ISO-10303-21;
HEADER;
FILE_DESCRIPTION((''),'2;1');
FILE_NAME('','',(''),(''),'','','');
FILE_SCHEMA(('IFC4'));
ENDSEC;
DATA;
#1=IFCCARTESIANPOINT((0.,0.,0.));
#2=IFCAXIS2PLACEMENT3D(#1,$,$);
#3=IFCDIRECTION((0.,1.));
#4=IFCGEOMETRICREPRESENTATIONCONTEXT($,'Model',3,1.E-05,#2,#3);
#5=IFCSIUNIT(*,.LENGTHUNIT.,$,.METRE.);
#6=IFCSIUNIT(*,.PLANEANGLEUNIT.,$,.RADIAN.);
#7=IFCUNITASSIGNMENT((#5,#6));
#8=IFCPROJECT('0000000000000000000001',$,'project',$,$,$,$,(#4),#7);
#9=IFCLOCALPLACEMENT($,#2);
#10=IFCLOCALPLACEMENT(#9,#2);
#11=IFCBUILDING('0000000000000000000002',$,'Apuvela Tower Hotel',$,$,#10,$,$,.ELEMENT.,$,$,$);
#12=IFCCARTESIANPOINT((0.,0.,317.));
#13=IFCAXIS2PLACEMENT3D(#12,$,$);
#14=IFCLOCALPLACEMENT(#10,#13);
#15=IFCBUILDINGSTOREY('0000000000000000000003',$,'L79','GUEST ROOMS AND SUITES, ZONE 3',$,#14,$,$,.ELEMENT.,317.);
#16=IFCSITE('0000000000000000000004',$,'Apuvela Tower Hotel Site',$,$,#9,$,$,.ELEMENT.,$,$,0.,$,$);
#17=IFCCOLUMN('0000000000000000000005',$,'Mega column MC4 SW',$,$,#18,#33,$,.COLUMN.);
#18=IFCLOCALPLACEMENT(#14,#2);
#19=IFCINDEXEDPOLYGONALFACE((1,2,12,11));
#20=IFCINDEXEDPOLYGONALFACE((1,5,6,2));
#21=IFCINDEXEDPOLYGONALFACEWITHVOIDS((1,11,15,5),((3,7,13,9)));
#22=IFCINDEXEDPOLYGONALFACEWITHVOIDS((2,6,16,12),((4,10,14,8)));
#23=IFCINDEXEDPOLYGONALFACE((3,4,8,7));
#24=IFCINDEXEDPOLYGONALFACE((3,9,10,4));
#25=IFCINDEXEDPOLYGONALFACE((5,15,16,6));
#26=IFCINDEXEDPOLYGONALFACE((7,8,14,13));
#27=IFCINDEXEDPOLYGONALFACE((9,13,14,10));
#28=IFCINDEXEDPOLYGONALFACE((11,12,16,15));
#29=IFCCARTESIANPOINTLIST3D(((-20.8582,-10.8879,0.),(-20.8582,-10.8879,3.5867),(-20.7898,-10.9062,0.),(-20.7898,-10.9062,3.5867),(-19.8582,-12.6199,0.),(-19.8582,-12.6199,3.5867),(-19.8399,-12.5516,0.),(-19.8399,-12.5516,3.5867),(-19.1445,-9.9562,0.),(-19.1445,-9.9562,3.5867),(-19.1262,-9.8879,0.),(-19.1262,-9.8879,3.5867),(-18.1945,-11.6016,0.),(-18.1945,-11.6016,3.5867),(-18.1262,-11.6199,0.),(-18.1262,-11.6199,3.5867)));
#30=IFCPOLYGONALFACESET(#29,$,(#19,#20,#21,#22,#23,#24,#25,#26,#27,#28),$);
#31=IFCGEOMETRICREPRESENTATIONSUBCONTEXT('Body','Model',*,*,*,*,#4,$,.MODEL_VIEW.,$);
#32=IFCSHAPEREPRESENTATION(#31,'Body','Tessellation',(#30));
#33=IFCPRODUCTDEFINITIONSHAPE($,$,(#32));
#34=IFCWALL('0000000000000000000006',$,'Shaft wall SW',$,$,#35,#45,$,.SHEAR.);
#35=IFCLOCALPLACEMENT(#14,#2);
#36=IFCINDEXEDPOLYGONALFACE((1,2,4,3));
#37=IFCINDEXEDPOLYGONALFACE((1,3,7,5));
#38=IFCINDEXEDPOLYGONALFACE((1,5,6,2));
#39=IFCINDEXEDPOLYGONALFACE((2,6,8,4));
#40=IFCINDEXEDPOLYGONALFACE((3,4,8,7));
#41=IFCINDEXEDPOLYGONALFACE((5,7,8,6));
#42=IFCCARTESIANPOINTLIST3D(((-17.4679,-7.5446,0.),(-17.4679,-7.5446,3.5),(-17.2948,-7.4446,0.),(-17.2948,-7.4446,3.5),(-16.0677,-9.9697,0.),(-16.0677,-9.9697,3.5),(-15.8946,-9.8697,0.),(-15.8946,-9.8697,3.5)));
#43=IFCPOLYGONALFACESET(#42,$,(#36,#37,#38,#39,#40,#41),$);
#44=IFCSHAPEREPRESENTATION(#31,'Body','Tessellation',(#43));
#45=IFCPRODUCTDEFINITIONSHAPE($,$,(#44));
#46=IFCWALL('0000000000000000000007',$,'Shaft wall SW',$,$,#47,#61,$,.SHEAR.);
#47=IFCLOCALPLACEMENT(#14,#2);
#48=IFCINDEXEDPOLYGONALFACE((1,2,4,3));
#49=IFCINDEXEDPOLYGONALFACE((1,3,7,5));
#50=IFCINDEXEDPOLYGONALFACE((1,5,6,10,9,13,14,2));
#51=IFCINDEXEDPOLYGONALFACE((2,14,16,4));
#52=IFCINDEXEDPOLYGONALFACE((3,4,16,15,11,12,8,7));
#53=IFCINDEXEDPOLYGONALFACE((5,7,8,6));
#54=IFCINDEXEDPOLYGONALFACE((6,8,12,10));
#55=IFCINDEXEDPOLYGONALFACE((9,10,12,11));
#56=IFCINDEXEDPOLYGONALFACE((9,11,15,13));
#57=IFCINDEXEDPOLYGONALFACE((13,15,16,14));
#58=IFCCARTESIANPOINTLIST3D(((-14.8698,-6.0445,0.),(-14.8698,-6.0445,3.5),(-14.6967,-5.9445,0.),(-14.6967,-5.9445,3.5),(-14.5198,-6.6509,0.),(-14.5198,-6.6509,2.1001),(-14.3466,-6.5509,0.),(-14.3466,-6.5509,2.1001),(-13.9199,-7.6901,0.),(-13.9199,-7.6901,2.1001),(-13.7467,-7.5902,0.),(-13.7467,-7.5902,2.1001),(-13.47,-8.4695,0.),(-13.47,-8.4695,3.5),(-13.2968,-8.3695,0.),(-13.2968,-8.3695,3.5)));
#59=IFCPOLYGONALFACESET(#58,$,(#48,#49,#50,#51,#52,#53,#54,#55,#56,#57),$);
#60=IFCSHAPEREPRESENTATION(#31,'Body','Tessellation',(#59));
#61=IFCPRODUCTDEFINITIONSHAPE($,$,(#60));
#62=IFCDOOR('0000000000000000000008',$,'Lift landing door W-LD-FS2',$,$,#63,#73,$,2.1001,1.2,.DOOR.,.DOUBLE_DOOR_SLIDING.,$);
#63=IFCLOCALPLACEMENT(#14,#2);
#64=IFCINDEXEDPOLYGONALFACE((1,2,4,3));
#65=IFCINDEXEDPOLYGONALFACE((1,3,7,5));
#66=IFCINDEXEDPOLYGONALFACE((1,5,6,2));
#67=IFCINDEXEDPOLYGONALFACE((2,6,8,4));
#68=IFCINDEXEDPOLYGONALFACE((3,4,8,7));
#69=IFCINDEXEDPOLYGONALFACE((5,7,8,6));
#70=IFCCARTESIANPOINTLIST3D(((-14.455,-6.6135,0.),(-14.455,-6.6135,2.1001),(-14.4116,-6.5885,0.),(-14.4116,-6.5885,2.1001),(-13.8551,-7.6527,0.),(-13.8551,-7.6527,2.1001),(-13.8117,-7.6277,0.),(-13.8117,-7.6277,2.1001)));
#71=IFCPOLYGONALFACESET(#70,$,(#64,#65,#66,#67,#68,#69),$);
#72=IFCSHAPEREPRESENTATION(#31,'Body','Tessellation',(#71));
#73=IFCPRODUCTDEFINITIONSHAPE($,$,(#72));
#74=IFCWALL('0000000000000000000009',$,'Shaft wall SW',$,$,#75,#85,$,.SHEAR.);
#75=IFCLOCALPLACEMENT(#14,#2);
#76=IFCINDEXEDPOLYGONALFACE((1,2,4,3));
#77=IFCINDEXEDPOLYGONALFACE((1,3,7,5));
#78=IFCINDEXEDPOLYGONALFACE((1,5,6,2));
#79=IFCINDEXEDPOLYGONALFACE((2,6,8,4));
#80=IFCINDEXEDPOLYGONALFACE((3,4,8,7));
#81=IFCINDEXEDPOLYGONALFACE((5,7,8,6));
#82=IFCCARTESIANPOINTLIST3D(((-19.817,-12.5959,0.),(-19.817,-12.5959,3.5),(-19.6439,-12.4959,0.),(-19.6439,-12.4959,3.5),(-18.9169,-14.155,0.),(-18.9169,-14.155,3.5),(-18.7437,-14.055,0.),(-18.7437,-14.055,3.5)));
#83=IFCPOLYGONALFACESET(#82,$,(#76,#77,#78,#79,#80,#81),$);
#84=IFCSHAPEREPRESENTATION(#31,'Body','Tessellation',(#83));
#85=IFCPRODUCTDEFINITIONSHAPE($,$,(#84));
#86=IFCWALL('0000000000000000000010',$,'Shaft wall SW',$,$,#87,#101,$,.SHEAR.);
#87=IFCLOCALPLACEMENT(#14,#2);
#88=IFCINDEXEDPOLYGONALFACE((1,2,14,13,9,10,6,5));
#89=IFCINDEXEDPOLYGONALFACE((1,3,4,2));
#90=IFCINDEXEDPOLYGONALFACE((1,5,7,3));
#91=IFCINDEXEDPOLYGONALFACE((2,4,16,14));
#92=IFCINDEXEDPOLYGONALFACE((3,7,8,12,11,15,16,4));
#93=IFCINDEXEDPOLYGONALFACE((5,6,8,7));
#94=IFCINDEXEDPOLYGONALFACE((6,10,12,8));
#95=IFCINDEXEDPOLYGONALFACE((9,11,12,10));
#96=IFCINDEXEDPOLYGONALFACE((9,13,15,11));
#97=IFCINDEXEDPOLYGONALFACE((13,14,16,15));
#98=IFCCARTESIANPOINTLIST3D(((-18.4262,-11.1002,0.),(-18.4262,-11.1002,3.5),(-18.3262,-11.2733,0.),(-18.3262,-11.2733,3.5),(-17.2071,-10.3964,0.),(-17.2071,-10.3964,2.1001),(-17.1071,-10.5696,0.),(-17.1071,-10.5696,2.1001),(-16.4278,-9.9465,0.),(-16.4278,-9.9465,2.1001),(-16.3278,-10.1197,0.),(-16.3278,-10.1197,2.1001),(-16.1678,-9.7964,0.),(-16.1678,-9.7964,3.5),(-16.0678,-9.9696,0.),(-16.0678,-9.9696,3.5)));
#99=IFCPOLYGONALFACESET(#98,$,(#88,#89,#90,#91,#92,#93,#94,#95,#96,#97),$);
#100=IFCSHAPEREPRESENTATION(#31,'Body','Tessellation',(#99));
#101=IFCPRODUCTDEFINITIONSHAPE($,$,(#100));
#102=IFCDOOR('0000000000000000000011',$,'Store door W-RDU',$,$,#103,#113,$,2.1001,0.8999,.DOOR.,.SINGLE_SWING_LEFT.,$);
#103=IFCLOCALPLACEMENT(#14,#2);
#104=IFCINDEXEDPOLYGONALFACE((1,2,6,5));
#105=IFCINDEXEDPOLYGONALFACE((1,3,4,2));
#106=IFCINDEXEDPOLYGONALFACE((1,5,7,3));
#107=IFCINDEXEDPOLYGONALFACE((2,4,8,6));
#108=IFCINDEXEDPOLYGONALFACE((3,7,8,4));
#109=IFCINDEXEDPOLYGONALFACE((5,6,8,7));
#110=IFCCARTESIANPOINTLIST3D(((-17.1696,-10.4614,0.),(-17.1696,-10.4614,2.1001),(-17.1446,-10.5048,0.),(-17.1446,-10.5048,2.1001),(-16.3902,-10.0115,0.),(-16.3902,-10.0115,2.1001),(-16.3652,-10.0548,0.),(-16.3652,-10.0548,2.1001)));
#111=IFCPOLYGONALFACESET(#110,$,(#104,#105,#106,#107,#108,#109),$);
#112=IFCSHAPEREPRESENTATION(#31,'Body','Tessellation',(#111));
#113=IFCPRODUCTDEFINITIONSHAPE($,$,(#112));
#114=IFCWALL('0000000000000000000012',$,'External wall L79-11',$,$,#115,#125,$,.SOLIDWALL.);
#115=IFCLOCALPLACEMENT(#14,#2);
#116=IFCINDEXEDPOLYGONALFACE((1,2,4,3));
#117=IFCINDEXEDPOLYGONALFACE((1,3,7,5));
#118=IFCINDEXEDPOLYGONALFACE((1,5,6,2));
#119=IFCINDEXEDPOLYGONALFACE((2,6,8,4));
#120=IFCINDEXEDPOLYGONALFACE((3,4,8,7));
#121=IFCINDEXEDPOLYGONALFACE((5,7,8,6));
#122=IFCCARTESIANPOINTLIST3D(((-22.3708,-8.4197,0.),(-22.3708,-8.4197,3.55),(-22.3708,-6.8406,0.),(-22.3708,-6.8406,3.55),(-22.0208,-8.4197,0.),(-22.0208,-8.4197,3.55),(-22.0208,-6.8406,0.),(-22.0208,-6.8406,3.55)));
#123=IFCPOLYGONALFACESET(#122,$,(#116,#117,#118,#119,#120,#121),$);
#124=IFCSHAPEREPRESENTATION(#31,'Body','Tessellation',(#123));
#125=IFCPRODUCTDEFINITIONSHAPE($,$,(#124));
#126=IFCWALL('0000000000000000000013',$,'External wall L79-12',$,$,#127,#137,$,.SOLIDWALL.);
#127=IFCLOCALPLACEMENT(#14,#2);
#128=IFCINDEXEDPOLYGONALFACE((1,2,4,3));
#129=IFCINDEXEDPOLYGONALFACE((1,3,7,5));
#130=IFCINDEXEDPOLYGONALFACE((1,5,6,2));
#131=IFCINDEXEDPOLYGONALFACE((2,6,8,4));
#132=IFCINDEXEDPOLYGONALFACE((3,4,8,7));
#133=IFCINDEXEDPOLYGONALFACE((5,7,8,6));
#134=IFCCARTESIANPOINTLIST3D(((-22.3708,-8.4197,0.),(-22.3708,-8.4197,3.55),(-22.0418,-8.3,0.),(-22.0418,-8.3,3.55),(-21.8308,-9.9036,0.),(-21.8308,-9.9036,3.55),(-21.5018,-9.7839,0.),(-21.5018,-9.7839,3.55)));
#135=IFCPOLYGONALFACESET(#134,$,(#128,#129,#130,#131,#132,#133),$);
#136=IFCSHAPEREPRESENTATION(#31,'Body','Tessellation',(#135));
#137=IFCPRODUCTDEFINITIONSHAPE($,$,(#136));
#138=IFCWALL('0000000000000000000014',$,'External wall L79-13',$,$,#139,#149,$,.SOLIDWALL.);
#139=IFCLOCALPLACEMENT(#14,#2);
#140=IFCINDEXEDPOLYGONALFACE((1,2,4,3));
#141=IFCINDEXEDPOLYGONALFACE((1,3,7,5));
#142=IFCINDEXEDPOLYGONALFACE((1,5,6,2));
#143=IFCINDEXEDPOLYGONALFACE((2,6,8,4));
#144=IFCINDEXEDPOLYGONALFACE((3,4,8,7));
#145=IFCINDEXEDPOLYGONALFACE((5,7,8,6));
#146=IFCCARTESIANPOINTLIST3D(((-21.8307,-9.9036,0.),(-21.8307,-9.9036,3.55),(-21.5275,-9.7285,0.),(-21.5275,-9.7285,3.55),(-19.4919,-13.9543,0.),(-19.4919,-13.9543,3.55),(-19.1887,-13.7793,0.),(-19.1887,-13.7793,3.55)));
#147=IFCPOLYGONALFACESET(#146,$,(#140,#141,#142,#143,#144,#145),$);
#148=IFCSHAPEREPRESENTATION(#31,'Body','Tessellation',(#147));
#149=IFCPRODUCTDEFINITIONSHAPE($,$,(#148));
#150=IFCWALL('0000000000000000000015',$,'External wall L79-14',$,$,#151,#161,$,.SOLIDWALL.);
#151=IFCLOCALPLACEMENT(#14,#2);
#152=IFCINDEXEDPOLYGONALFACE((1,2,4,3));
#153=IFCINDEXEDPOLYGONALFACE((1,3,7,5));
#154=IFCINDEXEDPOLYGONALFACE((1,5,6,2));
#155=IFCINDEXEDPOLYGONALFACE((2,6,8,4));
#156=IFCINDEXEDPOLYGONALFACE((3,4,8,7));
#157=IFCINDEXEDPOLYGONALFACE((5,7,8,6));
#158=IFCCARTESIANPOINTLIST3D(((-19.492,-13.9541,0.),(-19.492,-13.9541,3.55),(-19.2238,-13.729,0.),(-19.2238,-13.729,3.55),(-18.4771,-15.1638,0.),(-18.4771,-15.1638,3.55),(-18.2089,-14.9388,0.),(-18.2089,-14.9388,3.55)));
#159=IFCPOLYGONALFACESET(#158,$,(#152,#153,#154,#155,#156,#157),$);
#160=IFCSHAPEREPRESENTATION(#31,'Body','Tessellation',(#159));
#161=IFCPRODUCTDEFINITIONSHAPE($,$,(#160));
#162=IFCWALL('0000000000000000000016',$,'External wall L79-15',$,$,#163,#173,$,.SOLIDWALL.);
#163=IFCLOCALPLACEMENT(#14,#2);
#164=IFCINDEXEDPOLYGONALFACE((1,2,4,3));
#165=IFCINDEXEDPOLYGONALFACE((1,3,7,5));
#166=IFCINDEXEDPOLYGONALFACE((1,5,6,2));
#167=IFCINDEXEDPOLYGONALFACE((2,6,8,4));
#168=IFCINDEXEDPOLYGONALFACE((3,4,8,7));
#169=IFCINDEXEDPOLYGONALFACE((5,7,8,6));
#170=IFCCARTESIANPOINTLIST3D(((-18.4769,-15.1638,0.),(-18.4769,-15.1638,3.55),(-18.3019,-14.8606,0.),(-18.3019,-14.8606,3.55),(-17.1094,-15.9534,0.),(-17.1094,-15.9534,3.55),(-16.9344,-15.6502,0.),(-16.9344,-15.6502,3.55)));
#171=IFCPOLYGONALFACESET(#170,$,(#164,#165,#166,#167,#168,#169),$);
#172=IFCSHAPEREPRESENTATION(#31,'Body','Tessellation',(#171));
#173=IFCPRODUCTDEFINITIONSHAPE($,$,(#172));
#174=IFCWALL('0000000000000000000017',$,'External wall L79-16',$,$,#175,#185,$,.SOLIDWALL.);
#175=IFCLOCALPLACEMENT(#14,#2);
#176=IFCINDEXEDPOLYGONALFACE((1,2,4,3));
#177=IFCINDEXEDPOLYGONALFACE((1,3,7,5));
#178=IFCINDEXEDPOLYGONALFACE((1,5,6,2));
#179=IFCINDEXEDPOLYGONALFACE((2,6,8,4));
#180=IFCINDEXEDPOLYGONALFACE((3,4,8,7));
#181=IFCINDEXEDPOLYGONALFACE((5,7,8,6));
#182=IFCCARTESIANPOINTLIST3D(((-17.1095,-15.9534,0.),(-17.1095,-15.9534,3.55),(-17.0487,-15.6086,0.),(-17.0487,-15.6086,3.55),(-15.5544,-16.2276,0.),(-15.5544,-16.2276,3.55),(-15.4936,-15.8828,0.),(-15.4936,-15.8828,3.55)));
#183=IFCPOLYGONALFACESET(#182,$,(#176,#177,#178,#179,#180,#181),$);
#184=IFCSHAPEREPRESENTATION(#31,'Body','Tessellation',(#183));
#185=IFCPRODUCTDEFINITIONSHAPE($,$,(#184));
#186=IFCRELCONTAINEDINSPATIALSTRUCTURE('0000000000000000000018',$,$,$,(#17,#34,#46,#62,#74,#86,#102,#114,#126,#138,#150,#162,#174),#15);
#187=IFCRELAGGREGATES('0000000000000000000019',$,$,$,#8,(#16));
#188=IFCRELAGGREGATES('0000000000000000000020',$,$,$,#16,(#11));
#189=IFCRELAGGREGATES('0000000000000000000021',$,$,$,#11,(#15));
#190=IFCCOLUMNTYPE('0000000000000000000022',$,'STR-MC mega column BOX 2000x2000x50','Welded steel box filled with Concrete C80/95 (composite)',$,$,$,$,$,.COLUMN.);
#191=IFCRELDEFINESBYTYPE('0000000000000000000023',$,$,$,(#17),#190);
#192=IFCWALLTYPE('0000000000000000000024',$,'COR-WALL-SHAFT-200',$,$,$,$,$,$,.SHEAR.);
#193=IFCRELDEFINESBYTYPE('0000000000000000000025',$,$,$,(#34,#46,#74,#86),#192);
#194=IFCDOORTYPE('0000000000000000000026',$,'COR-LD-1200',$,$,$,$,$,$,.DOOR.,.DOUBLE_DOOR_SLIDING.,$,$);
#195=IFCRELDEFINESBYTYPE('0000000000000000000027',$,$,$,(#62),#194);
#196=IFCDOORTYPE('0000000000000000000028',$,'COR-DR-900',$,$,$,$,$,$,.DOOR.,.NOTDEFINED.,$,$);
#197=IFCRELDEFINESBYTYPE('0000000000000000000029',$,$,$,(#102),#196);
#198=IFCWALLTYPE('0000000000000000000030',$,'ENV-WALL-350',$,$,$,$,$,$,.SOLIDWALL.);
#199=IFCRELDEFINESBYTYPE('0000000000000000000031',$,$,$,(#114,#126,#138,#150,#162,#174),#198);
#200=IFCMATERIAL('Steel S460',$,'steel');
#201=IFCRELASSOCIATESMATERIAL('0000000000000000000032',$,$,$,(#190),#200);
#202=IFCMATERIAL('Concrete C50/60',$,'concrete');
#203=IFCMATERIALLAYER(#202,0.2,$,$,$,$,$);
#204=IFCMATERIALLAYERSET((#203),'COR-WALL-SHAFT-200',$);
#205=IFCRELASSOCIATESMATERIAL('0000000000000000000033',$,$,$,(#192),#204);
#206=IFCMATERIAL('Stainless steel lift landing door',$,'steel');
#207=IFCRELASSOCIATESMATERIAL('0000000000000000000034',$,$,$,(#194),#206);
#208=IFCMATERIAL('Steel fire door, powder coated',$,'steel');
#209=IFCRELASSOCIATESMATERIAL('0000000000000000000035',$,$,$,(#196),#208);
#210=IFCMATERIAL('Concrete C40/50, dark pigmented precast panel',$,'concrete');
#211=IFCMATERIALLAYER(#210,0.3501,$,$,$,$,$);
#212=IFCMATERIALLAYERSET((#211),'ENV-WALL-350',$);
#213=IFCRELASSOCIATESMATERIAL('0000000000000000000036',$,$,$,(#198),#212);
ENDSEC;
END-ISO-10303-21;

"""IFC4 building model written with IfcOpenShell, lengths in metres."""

from ifc_helpers import new_model, si_unit, direction, frame, frame_2d, origin, origin_2d, place, context, subcontext, project, spatial, rectangle, hollow_rectangle, extrude, boolean, halfspace, material, layer, layer_set, material_profile, profile_set, type_object, element, fill, save


model = new_model("IFC4")

# Units and contexts
model_context = context("Model", 3, precision=1e-05, world=origin(), true_north=direction((0.0, 1.0)))
body_context = subcontext(model_context, "Body", "Model", "MODEL_VIEW")
ifc_project = project(units=[si_unit("LENGTHUNIT", "METRE"), si_unit("PLANEANGLEUNIT", "RADIAN")], contexts=[model_context])

# Site, building, storey
site_placement = place(None, origin())
site = spatial("IfcSite", under=ifc_project, at=site_placement, Name="Apuvela Tower Hotel Site", CompositionType="ELEMENT", RefElevation=0.0)
building_placement = place(site_placement, origin())
building = spatial("IfcBuilding", under=site, at=building_placement, Name="Apuvela Tower Hotel", CompositionType="ELEMENT")
storey_placement = place(building_placement, frame((0.0, 0.0, 317.0)))
storey = spatial("IfcBuildingStorey", under=building, at=storey_placement, Name="L79", Description="GUEST ROOMS AND SUITES, ZONE 3", CompositionType="ELEMENT", Elevation=317.0)

# Column
ifc_material_1 = material(Name="Steel S460", Category="steel")
ifc_material_profile_1 = material_profile(ifc_material_1, hollow_rectangle(XDim=2.0, YDim=2.0, WallThickness=0.05, at=origin_2d()), Name="BOX 2000x2000x50")
ifc_material_2 = material(Name="Concrete C80/95", Category="concrete")
ifc_material_profile_2 = material_profile(ifc_material_2, rectangle(XDim=1.8999, YDim=1.8999, at=origin_2d()), Name="Concrete C80/95 infill")
ifc_profile_set = profile_set([ifc_material_profile_1, ifc_material_profile_2], Name="Steel S460")
column_type = type_object("IfcColumnType", Name="STR-MC mega column BOX 2000x2000x50", Description="Welded steel box filled with Concrete C80/95 (composite)", PredefinedType="COLUMN", material=ifc_profile_set)
column_placement = place(storey_placement, frame((-19.4922, -11.2539, 0.0), z_axis=(0.0, 0.0, 1.0), x_axis=(-0.5, 0.866025, 0.0)))
element("IfcColumn", 1, at=column_placement, inside=storey, type_object=column_type, Name="Mega column MC4 SW", PredefinedType="COLUMN", context=body_context, shape_type="SweptSolid", body=[
    boolean("DIFFERENCE", extrude(hollow_rectangle(XDim=2.0, YDim=2.0, WallThickness=0.05, at=origin_2d()), origin(), (0.0, 0.0, 1.0), 3.7), halfspace(frame((0.0, 0.0, 3.5867), z_axis=(0.0, 0.0, 1.0), x_axis=(1.0, 0.0, 0.0)), False)),
])

# Wall
ifc_material_3 = material(Name="Concrete C50/60", Category="concrete")
ifc_layer_1 = layer(ifc_material_3, 0.2)
ifc_layer_set_1 = layer_set([ifc_layer_1], Name="COR-WALL-SHAFT-200")
wall_type_1 = type_object("IfcWallType", Name="COR-WALL-SHAFT-200", PredefinedType="SHEAR", material=ifc_layer_set_1)
wall_1_placement = place(storey_placement, frame((-17.3813, -7.4946, 0.0), z_axis=(0.0, 0.0, 1.0), x_axis=(0.500012, -0.866019, 0.0)))
element("IfcWall", 2, at=wall_1_placement, inside=storey, type_object=wall_type_1, Name="Shaft wall SW", PredefinedType="SHEAR", context=body_context, shape_type="SweptSolid", body=[
    extrude(rectangle(XDim=2.8003, YDim=0.2, at=frame_2d((1.4001, 0.0))), origin(), (0.0, 0.0, 1.0), 3.5),
])

# Wall, opening, door
wall_2_placement = place(storey_placement, frame((-14.7832, -5.9946, 0.0), z_axis=(0.0, 0.0, 1.0), x_axis=(0.499946, -0.866056, 0.0)))
wall_2 = element("IfcWall", 3, at=wall_2_placement, inside=storey, type_object=wall_type_1, Name="Shaft wall SW", PredefinedType="SHEAR", context=body_context, shape_type="SweptSolid", body=[
    extrude(rectangle(XDim=2.8, YDim=0.2, at=frame_2d((1.3999, 0.0))), origin(), (0.0, 0.0, 1.0), 3.5),
])
opening_1_placement = place(wall_2_placement, frame((0.7, 0.0, 0.0)))
opening_1 = element("IfcOpeningElement", 4, at=opening_1_placement, cuts=wall_2, PredefinedType="OPENING", context=body_context, shape_type="SweptSolid", body=[
    extrude(rectangle(XDim=1.2, YDim=2.1001, at=frame_2d((0.6001, 1.05))), frame((0.0, 0.1099, 0.0), z_axis=(0.0, -1.0, 0.0), x_axis=(1.0, 0.0, 0.0)), (0.0, 0.0, 1.0), 0.22),
])
ifc_material_4 = material(Name="Stainless steel lift landing door", Category="steel")
door_type_1 = type_object("IfcDoorType", Name="COR-LD-1200", OperationType="DOUBLE_DOOR_SLIDING", PredefinedType="DOOR", material=ifc_material_4)
door_1_placement = place(opening_1_placement, origin())
door_1 = element("IfcDoor", 5, at=door_1_placement, inside=storey, type_object=door_type_1, Name="Lift landing door W-LD-FS2", OperationType="DOUBLE_DOOR_SLIDING", OverallHeight=2.1001, OverallWidth=1.2, PredefinedType="DOOR", context=body_context, shape_type="SweptSolid", body=[
    extrude(rectangle(XDim=1.2, YDim=2.1001, at=frame_2d((0.6001, 1.05))), frame((0.0, 0.0249, 0.0), z_axis=(0.0, -1.0, 0.0), x_axis=(1.0, 0.0, 0.0)), (0.0, 0.0, 1.0), 0.05),
])
fill(opening_1, door_1)

# Wall
wall_3_placement = place(storey_placement, frame((-19.7305, -12.5459, 0.0), z_axis=(0.0, 0.0, 1.0), x_axis=(0.500004, -0.866023, 0.0)))
element("IfcWall", 6, at=wall_3_placement, inside=storey, type_object=wall_type_1, Name="Shaft wall SW", PredefinedType="SHEAR", context=body_context, shape_type="SweptSolid", body=[
    extrude(rectangle(XDim=1.8003, YDim=0.2, at=frame_2d((0.9001, 0.0))), origin(), (0.0, 0.0, 1.0), 3.5),
])

# Wall, opening, door
wall_4_placement = place(storey_placement, frame((-16.1179, -9.8831, 0.0), z_axis=(0.0, 0.0, 1.0), x_axis=(-0.866045, -0.499966, 0.0)))
wall_4 = element("IfcWall", 7, at=wall_4_placement, inside=storey, type_object=wall_type_1, Name="Shaft wall SW", PredefinedType="SHEAR", context=body_context, shape_type="SweptSolid", body=[
    extrude(rectangle(XDim=2.6077, YDim=0.2, at=frame_2d((1.3037, 0.0))), origin(), (0.0, 0.0, 1.0), 3.5),
])
opening_2_placement = place(wall_4_placement, frame((0.3, 0.0, 0.0)))
opening_2 = element("IfcOpeningElement", 8, at=opening_2_placement, cuts=wall_4, PredefinedType="OPENING", context=body_context, shape_type="SweptSolid", body=[
    extrude(rectangle(XDim=0.8999, YDim=2.1001, at=frame_2d((0.45, 1.05))), frame((0.0, 0.1099, 0.0), z_axis=(0.0, -1.0, 0.0), x_axis=(1.0, 0.0, 0.0)), (0.0, 0.0, 1.0), 0.22),
])
ifc_material_5 = material(Name="Steel fire door, powder coated", Category="steel")
door_type_2 = type_object("IfcDoorType", Name="COR-DR-900", OperationType="NOTDEFINED", PredefinedType="DOOR", material=ifc_material_5)
door_2_placement = place(opening_2_placement, frame((0.8999, 0.0, 0.0), z_axis=(0.0, 0.0, 1.0), x_axis=(-1.0, 0.0, 0.0)))
door_2 = element("IfcDoor", 9, at=door_2_placement, inside=storey, type_object=door_type_2, Name="Store door W-RDU", OperationType="SINGLE_SWING_LEFT", OverallHeight=2.1001, OverallWidth=0.8999, PredefinedType="DOOR", context=body_context, shape_type="SweptSolid", body=[
    extrude(rectangle(XDim=0.8999, YDim=2.1001, at=frame_2d((0.45, 1.05))), frame((0.0, 0.0249, 0.0), z_axis=(0.0, -1.0, 0.0), x_axis=(1.0, 0.0, 0.0)), (0.0, 0.0, 1.0), 0.05),
])
fill(opening_2, door_2)

# Walls
ifc_material_6 = material(Name="Concrete C40/50, dark pigmented precast panel", Category="concrete")
ifc_layer_2 = layer(ifc_material_6, 0.3501)
ifc_layer_set_2 = layer_set([ifc_layer_2], Name="ENV-WALL-350")
wall_type_2 = type_object("IfcWallType", Name="ENV-WALL-350", PredefinedType="SOLIDWALL", material=ifc_layer_set_2)
for number, where, z_axis, x_axis, name in (
    (10, (-22.1958, -6.8406, 0.0), (0.0, 0.0, 1.0), (0.0, -1.0, 0.0), "External wall L79-11"),
    (11, (-22.2063, -8.3599, 0.0), (0.0, 0.0, 1.0), (0.341991, -0.939703, 0.0), "External wall L79-12"),
):
    element("IfcWall", number, at=place(storey_placement, frame(where, z_axis=z_axis, x_axis=x_axis)), inside=storey, type_object=wall_type_2, Name=name, PredefinedType="SOLIDWALL", context=body_context, shape_type="SweptSolid", body=[
        extrude(rectangle(XDim=1.5791, YDim=0.3501, at=frame_2d((0.7896, 0.0))), origin(), (0.0, 0.0, 1.0), 3.55),
    ])
wall_5_placement = place(storey_placement, frame((-21.6792, -9.8159, 0.0), z_axis=(0.0, 0.0, 1.0), x_axis=(0.500024, -0.866012, 0.0)))
element("IfcWall", 12, at=wall_5_placement, inside=storey, type_object=wall_type_2, Name="External wall L79-13", PredefinedType="SOLIDWALL", context=body_context, shape_type="SweptSolid", body=[
    extrude(rectangle(XDim=4.6775, YDim=0.3501, at=frame_2d((2.3389, 0.0))), origin(), (0.0, 0.0, 1.0), 3.55),
])
for number, where, z_axis, x_axis, name in (
    (13, (-19.3579, -13.8416, 0.0), (0.0, 0.0, 1.0), (0.642721, -0.766101, 0.0), "External wall L79-14"),
    (14, (-18.3894, -15.0122, 0.0), (0.0, 0.0, 1.0), (0.866008, -0.50003, 0.0), "External wall L79-15"),
    (15, (-17.0791, -15.781, 0.0), (0.0, 0.0, 1.0), (0.984813, -0.173618, 0.0), "External wall L79-16"),
):
    element("IfcWall", number, at=place(storey_placement, frame(where, z_axis=z_axis, x_axis=x_axis)), inside=storey, type_object=wall_type_2, Name=name, PredefinedType="SOLIDWALL", context=body_context, shape_type="SweptSolid", body=[
        extrude(rectangle(XDim=1.5791, YDim=0.3501, at=frame_2d((0.7896, 0.0))), origin(), (0.0, 0.0, 1.0), 3.55),
    ])

save(model, "model.ifc")
